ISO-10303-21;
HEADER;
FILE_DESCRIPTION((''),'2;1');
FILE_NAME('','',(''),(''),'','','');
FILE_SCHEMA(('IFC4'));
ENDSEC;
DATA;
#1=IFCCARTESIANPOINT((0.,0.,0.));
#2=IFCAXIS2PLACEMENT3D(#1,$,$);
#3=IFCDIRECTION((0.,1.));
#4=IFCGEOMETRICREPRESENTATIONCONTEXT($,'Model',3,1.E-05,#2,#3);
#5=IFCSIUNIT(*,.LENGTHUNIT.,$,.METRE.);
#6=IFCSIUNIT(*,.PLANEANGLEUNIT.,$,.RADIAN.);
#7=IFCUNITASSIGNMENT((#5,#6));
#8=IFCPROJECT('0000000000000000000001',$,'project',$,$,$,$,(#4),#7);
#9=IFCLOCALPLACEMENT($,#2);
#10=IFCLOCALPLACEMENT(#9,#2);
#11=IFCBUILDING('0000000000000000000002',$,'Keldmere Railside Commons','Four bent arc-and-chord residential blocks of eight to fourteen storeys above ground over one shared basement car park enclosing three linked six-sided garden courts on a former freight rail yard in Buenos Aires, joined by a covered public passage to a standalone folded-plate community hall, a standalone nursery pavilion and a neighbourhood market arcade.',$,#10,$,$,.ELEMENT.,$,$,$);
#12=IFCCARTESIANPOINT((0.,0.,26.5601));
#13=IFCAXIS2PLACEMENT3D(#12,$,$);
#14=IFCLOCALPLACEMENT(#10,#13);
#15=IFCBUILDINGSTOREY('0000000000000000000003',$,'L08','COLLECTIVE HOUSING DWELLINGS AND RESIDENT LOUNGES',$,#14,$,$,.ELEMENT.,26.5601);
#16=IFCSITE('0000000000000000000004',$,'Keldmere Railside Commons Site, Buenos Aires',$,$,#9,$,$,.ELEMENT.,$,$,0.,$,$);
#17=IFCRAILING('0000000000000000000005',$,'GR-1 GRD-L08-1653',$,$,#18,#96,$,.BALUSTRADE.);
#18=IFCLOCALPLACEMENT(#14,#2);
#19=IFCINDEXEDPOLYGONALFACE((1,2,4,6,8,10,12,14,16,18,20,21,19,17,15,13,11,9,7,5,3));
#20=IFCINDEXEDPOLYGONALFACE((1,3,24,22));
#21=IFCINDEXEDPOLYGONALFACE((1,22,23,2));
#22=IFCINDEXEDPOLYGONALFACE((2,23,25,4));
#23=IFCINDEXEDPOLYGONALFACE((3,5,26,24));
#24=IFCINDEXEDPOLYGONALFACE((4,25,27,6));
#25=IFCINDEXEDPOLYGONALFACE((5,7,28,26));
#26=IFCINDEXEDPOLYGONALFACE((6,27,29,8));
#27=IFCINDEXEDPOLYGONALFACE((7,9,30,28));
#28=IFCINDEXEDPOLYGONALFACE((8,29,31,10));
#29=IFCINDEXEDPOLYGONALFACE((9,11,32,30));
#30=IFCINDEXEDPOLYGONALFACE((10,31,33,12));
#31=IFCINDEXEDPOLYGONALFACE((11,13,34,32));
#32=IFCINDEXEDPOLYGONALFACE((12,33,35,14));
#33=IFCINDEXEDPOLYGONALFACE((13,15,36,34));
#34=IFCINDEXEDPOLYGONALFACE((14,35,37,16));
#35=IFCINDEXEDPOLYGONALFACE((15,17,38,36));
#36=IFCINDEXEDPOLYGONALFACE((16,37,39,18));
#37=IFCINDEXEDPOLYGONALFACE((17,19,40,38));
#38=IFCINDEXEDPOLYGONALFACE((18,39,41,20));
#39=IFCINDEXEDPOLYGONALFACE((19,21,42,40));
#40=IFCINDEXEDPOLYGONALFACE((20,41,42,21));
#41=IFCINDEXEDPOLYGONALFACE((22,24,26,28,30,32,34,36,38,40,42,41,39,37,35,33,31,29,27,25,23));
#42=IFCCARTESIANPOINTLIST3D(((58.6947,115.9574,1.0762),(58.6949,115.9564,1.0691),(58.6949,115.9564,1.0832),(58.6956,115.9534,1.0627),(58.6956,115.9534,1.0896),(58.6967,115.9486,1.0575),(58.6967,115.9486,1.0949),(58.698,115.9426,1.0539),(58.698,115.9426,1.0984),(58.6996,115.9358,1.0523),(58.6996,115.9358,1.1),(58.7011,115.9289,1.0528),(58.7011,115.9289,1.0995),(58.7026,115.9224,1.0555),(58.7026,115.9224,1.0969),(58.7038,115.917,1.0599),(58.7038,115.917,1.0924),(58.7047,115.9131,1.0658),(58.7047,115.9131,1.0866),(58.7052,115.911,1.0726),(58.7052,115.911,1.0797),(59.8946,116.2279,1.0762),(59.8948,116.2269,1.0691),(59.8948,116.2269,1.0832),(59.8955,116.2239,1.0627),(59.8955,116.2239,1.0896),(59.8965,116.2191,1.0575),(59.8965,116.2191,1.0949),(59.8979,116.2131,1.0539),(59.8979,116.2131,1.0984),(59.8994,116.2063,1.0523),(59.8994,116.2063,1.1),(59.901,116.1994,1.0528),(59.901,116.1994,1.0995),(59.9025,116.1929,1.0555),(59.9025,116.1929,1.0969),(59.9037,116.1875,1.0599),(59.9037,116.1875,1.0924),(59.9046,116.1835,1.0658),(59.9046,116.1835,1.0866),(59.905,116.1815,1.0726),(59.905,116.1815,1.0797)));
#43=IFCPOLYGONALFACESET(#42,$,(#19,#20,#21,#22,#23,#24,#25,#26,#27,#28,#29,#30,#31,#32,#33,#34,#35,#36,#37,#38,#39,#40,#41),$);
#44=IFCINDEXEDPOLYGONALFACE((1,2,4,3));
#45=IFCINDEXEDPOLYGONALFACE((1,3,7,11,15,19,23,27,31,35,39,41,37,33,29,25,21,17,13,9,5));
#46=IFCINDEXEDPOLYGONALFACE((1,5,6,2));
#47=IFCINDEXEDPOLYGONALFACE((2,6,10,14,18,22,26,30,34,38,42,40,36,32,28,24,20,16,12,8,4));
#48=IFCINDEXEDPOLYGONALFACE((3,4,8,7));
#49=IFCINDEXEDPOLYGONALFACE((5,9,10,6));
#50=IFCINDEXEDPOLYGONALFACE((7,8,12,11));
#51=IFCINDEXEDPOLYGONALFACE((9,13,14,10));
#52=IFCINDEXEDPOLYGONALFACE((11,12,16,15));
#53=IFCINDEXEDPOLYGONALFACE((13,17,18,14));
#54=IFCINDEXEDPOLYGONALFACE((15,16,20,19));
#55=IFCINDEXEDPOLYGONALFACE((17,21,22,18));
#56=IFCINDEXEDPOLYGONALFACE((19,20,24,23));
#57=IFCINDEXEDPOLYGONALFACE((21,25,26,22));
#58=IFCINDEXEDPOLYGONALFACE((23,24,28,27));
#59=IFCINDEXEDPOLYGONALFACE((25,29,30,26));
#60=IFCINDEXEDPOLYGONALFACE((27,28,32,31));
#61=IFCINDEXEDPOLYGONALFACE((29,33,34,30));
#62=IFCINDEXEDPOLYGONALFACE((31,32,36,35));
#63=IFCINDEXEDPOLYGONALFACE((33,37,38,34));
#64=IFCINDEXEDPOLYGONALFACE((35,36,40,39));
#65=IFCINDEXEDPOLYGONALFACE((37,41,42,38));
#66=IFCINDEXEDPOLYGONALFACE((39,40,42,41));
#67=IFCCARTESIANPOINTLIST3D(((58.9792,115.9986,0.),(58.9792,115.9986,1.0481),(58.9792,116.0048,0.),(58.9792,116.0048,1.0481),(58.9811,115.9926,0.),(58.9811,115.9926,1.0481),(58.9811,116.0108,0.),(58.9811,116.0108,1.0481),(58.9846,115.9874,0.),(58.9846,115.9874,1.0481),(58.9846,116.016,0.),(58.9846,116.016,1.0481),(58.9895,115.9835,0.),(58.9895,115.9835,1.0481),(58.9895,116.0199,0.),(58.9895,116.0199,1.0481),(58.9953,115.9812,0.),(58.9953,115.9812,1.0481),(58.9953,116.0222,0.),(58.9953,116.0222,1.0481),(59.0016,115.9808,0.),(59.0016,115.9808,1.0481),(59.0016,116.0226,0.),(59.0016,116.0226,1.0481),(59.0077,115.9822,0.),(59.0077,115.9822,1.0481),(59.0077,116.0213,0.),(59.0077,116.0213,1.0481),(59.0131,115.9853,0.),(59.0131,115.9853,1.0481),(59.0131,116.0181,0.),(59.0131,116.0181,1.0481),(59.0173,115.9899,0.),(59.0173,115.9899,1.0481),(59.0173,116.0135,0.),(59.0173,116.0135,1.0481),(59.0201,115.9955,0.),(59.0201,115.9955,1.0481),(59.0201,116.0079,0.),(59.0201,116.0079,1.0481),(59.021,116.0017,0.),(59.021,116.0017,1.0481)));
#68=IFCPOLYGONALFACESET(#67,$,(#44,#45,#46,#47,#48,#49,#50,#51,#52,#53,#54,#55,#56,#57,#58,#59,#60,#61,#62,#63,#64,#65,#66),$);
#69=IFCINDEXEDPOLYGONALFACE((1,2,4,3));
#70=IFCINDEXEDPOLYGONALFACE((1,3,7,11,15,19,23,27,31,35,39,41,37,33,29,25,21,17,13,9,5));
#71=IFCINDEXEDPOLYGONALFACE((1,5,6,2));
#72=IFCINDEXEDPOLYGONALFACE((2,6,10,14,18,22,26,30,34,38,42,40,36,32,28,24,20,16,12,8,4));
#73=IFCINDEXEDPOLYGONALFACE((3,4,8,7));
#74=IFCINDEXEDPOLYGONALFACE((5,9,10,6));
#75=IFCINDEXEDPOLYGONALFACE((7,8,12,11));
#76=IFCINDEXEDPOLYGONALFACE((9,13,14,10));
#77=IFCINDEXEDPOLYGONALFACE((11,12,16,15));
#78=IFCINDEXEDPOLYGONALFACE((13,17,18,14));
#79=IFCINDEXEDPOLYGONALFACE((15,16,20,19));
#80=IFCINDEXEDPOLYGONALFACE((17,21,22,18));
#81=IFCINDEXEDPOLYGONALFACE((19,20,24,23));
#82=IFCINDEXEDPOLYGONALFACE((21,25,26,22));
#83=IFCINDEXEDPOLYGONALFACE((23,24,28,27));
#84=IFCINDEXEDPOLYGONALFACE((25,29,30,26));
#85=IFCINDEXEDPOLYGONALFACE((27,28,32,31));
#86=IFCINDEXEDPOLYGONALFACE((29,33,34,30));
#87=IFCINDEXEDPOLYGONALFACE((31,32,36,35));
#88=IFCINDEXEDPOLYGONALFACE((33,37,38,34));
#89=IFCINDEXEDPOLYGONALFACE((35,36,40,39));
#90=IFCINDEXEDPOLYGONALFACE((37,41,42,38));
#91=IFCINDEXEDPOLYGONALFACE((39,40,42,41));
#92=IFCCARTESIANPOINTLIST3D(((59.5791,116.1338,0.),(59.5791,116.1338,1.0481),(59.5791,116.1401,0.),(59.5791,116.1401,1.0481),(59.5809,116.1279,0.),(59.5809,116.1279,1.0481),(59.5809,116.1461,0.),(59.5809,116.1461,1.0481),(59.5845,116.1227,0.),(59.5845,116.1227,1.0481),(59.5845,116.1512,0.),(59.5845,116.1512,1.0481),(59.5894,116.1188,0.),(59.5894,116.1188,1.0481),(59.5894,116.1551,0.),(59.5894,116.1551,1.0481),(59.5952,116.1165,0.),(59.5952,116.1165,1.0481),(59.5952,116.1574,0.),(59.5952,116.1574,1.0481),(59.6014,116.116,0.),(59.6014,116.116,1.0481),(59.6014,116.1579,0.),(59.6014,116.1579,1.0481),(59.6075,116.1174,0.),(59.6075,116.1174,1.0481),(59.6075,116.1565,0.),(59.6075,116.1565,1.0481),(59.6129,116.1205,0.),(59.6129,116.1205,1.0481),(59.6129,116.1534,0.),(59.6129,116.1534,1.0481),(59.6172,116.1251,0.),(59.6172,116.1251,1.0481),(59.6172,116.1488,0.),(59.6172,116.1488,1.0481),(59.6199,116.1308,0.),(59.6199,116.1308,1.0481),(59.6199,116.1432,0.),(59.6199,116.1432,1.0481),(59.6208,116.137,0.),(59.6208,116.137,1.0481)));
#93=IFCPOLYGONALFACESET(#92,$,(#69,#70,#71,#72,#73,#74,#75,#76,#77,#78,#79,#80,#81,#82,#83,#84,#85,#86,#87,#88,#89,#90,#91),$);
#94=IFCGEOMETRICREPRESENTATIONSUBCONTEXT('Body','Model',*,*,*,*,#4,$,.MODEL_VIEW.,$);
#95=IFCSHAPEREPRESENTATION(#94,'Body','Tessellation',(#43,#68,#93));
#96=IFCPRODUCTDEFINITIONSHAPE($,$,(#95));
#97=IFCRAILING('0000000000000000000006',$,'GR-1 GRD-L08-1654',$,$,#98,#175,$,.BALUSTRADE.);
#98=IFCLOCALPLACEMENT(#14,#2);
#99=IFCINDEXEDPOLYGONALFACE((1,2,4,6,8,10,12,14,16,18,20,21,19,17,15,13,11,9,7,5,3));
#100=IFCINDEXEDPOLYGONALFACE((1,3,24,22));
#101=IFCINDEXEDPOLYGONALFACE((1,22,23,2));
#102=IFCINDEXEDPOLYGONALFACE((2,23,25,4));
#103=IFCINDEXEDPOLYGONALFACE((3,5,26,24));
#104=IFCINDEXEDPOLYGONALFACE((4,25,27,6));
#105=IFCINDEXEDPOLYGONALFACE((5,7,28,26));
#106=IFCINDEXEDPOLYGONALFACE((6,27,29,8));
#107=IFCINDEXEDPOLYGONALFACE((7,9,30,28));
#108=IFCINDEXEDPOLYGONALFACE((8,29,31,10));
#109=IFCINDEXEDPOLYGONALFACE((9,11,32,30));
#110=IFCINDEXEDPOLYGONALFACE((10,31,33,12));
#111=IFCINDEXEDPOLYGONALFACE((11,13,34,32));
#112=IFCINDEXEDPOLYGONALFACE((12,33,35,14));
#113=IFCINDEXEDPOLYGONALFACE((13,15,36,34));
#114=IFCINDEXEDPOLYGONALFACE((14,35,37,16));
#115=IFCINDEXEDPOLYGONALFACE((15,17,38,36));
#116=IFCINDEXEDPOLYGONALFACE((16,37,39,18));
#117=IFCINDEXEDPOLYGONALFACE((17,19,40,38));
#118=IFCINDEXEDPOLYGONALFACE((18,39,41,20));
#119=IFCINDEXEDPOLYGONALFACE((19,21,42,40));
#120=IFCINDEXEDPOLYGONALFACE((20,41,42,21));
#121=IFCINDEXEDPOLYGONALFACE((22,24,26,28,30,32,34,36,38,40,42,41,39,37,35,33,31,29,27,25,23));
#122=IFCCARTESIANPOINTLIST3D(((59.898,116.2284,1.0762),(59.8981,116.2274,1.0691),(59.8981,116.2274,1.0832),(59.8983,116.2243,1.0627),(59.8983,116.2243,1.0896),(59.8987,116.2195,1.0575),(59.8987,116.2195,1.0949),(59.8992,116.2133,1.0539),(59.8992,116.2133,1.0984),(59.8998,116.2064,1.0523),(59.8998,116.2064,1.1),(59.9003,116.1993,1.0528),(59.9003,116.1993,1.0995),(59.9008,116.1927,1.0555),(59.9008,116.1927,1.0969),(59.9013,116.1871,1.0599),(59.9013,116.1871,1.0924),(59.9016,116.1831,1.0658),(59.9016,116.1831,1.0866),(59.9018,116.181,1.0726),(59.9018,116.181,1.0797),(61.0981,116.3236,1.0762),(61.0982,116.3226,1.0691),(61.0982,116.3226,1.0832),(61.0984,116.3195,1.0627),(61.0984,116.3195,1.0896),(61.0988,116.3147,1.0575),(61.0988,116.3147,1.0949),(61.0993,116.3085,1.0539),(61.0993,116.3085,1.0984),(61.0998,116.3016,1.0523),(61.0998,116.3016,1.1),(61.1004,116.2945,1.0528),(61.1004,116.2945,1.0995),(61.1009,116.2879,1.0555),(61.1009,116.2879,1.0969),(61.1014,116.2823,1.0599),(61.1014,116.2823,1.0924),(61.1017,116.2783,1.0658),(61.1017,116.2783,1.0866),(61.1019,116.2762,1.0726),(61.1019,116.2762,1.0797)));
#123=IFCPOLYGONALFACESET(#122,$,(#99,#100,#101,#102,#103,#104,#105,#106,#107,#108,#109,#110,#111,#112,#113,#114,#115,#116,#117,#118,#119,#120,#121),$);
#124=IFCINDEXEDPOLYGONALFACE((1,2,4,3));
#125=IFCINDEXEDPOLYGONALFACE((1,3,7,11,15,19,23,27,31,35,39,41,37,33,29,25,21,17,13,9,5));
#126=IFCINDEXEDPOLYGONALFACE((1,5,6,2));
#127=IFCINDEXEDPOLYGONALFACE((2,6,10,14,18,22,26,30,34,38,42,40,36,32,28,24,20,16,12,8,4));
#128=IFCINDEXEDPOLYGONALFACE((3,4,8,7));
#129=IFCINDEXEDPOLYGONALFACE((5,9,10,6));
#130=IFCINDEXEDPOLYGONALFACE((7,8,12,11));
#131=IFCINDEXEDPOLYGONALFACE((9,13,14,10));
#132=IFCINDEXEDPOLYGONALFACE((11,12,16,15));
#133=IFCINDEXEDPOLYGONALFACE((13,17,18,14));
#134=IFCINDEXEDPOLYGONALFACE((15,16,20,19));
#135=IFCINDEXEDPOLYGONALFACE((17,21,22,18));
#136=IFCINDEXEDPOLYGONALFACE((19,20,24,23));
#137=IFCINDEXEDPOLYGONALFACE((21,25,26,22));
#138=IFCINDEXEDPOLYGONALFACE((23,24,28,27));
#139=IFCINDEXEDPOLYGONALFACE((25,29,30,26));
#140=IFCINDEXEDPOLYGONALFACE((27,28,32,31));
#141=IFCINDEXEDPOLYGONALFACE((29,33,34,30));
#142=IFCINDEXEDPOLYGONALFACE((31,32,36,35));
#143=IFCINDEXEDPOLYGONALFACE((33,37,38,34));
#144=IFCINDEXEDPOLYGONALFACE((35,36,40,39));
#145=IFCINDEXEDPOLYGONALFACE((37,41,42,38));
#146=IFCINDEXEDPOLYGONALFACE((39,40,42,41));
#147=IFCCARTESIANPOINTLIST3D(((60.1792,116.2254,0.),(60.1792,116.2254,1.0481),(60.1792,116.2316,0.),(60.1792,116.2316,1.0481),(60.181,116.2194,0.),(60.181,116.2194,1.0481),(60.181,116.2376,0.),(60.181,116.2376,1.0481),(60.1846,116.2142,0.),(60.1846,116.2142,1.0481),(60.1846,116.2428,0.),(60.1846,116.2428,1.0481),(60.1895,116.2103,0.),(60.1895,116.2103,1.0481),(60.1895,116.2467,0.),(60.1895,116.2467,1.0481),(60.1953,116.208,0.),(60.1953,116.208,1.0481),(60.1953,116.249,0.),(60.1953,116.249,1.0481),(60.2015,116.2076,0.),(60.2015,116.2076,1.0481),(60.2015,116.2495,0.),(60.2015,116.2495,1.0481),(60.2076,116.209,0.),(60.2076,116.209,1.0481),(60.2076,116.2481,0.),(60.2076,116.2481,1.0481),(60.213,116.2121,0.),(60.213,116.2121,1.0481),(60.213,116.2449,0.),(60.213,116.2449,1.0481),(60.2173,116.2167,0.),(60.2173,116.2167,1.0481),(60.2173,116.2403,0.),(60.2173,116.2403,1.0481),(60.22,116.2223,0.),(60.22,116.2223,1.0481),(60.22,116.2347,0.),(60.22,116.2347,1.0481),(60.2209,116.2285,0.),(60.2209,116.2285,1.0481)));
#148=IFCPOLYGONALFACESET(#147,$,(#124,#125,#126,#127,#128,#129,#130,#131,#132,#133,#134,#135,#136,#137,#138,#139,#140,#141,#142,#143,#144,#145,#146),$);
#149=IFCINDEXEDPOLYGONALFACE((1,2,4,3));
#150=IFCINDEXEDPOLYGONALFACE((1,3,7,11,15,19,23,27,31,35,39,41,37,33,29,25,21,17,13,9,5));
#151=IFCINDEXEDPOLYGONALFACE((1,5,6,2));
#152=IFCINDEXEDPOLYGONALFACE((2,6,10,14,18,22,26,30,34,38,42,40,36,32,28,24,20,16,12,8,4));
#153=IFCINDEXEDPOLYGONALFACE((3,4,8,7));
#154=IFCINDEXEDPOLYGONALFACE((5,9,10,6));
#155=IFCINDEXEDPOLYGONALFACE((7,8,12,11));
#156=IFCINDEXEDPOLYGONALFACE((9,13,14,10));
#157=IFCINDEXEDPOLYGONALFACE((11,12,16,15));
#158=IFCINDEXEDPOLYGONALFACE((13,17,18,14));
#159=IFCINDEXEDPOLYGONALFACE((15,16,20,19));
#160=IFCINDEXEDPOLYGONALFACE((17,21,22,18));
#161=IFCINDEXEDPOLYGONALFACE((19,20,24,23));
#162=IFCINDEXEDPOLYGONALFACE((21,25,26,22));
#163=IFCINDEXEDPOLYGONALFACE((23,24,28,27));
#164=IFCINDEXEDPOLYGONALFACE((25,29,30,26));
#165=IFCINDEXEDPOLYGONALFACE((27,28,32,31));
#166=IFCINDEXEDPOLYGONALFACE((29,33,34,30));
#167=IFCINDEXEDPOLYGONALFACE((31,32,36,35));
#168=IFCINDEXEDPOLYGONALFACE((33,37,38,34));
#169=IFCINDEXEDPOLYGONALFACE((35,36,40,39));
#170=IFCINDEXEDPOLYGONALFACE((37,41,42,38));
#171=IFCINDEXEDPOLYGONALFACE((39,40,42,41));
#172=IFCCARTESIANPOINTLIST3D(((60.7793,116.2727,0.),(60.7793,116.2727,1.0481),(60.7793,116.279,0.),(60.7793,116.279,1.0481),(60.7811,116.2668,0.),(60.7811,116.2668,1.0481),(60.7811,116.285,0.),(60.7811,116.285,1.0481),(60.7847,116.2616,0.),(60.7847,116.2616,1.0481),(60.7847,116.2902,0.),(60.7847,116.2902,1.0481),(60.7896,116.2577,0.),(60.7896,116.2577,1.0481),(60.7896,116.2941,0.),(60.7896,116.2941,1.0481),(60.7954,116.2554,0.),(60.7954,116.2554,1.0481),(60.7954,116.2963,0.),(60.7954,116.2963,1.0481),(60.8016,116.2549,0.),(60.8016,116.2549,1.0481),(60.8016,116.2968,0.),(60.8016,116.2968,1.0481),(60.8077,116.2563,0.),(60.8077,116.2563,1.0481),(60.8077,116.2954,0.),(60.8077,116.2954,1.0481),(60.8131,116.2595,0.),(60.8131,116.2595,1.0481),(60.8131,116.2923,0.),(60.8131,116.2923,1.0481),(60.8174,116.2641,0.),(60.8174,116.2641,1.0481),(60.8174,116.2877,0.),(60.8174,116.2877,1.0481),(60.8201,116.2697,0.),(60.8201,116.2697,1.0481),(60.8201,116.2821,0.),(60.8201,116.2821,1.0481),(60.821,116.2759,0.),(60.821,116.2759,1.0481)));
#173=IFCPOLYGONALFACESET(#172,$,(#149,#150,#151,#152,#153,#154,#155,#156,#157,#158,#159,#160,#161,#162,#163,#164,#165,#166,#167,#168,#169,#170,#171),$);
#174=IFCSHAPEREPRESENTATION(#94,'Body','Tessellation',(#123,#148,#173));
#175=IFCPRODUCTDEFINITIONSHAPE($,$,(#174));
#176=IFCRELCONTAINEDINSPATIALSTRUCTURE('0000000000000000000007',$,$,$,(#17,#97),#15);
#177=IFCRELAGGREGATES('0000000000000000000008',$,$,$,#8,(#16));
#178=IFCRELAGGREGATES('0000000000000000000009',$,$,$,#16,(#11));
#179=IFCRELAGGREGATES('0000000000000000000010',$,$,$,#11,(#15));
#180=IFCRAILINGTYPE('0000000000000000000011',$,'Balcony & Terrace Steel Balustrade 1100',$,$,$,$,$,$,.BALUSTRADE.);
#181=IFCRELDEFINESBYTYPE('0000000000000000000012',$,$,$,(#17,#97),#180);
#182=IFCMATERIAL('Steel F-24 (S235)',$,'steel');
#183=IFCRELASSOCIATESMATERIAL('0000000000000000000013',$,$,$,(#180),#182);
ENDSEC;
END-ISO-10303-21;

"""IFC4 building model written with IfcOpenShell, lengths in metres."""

from ifc_helpers import new_model, si_unit, direction, frame, origin, origin_2d, place, context, subcontext, project, spatial, circle, extrude, material, type_object, element, save


model = new_model("IFC4")

# Units and contexts
model_context = context("Model", 3, precision=1e-05, world=origin(), true_north=direction((0.0, 1.0)))
body_context = subcontext(model_context, "Body", "Model", "MODEL_VIEW")
ifc_project = project(units=[si_unit("LENGTHUNIT", "METRE"), si_unit("PLANEANGLEUNIT", "RADIAN")], contexts=[model_context])

# Site, building, storey
site_placement = place(None, origin())
site = spatial("IfcSite", under=ifc_project, at=site_placement, Name="Keldmere Railside Commons Site, Buenos Aires", CompositionType="ELEMENT", RefElevation=0.0)
building_placement = place(site_placement, origin())
building = spatial("IfcBuilding", under=site, at=building_placement, Name="Keldmere Railside Commons", Description="Four bent arc-and-chord residential blocks of eight to fourteen storeys above ground over one shared basement car park enclosing three linked six-sided garden courts on a former freight rail yard in Buenos Aires, joined by a covered public passage to a standalone folded-plate community hall, a standalone nursery pavilion and a neighbourhood market arcade.", CompositionType="ELEMENT")
storey_placement = place(building_placement, frame((0.0, 0.0, 26.5601)))
storey = spatial("IfcBuildingStorey", under=building, at=storey_placement, Name="L08", Description="COLLECTIVE HOUSING DWELLINGS AND RESIDENT LOUNGES", CompositionType="ELEMENT", Elevation=26.5601)

# Railings
ifc_material_1 = material(Name="Steel F-24 (S235)", Category="steel")
railing_type = type_object("IfcRailingType", Name="Balcony & Terrace Steel Balustrade 1100", PredefinedType="BALUSTRADE", material=ifc_material_1)
railing_1_placement = place(storey_placement, frame((58.7, 115.9341, 0.0)))
element("IfcRailing", 1, at=railing_1_placement, inside=storey, type_object=railing_type, Name="GR-1 GRD-L08-1653", PredefinedType="BALUSTRADE", context=body_context, shape_type="SweptSolid", body=[
    extrude(circle(Radius=0.0239, at=origin_2d()), frame((0.0, 0.0, 1.0762), z_axis=(0.975519, 0.219914, 0.0), x_axis=(-0.219914, 0.975519, 0.0)), (0.0, 0.0, 1.0), 1.23),
    extrude(circle(Radius=0.021, at=origin_2d()), frame((0.3, 0.0676, 0.0)), (0.0, 0.0, 1.0), 1.0481),
    extrude(circle(Radius=0.021, at=origin_2d()), frame((0.8999, 0.2029, 0.0)), (0.0, 0.0, 1.0), 1.0481),
])
railing_2_placement = place(storey_placement, frame((59.8999, 116.2046, 0.0)))
element("IfcRailing", 2, at=railing_2_placement, inside=storey, type_object=railing_type, Name="GR-1 GRD-L08-1654", PredefinedType="BALUSTRADE", context=body_context, shape_type="SweptSolid", body=[
    extrude(circle(Radius=0.0239, at=origin_2d()), frame((0.0, 0.0, 1.0762), z_axis=(0.996868, 0.079084, 0.0), x_axis=(-0.079084, 0.996868, 0.0)), (0.0, 0.0, 1.0), 1.2039),
    extrude(circle(Radius=0.021, at=origin_2d()), frame((0.3, 0.0239, 0.0)), (0.0, 0.0, 1.0), 1.0481),
    extrude(circle(Radius=0.021, at=origin_2d()), frame((0.9001, 0.0713, 0.0)), (0.0, 0.0, 1.0), 1.0481),
])

save(model, "model.ifc")
